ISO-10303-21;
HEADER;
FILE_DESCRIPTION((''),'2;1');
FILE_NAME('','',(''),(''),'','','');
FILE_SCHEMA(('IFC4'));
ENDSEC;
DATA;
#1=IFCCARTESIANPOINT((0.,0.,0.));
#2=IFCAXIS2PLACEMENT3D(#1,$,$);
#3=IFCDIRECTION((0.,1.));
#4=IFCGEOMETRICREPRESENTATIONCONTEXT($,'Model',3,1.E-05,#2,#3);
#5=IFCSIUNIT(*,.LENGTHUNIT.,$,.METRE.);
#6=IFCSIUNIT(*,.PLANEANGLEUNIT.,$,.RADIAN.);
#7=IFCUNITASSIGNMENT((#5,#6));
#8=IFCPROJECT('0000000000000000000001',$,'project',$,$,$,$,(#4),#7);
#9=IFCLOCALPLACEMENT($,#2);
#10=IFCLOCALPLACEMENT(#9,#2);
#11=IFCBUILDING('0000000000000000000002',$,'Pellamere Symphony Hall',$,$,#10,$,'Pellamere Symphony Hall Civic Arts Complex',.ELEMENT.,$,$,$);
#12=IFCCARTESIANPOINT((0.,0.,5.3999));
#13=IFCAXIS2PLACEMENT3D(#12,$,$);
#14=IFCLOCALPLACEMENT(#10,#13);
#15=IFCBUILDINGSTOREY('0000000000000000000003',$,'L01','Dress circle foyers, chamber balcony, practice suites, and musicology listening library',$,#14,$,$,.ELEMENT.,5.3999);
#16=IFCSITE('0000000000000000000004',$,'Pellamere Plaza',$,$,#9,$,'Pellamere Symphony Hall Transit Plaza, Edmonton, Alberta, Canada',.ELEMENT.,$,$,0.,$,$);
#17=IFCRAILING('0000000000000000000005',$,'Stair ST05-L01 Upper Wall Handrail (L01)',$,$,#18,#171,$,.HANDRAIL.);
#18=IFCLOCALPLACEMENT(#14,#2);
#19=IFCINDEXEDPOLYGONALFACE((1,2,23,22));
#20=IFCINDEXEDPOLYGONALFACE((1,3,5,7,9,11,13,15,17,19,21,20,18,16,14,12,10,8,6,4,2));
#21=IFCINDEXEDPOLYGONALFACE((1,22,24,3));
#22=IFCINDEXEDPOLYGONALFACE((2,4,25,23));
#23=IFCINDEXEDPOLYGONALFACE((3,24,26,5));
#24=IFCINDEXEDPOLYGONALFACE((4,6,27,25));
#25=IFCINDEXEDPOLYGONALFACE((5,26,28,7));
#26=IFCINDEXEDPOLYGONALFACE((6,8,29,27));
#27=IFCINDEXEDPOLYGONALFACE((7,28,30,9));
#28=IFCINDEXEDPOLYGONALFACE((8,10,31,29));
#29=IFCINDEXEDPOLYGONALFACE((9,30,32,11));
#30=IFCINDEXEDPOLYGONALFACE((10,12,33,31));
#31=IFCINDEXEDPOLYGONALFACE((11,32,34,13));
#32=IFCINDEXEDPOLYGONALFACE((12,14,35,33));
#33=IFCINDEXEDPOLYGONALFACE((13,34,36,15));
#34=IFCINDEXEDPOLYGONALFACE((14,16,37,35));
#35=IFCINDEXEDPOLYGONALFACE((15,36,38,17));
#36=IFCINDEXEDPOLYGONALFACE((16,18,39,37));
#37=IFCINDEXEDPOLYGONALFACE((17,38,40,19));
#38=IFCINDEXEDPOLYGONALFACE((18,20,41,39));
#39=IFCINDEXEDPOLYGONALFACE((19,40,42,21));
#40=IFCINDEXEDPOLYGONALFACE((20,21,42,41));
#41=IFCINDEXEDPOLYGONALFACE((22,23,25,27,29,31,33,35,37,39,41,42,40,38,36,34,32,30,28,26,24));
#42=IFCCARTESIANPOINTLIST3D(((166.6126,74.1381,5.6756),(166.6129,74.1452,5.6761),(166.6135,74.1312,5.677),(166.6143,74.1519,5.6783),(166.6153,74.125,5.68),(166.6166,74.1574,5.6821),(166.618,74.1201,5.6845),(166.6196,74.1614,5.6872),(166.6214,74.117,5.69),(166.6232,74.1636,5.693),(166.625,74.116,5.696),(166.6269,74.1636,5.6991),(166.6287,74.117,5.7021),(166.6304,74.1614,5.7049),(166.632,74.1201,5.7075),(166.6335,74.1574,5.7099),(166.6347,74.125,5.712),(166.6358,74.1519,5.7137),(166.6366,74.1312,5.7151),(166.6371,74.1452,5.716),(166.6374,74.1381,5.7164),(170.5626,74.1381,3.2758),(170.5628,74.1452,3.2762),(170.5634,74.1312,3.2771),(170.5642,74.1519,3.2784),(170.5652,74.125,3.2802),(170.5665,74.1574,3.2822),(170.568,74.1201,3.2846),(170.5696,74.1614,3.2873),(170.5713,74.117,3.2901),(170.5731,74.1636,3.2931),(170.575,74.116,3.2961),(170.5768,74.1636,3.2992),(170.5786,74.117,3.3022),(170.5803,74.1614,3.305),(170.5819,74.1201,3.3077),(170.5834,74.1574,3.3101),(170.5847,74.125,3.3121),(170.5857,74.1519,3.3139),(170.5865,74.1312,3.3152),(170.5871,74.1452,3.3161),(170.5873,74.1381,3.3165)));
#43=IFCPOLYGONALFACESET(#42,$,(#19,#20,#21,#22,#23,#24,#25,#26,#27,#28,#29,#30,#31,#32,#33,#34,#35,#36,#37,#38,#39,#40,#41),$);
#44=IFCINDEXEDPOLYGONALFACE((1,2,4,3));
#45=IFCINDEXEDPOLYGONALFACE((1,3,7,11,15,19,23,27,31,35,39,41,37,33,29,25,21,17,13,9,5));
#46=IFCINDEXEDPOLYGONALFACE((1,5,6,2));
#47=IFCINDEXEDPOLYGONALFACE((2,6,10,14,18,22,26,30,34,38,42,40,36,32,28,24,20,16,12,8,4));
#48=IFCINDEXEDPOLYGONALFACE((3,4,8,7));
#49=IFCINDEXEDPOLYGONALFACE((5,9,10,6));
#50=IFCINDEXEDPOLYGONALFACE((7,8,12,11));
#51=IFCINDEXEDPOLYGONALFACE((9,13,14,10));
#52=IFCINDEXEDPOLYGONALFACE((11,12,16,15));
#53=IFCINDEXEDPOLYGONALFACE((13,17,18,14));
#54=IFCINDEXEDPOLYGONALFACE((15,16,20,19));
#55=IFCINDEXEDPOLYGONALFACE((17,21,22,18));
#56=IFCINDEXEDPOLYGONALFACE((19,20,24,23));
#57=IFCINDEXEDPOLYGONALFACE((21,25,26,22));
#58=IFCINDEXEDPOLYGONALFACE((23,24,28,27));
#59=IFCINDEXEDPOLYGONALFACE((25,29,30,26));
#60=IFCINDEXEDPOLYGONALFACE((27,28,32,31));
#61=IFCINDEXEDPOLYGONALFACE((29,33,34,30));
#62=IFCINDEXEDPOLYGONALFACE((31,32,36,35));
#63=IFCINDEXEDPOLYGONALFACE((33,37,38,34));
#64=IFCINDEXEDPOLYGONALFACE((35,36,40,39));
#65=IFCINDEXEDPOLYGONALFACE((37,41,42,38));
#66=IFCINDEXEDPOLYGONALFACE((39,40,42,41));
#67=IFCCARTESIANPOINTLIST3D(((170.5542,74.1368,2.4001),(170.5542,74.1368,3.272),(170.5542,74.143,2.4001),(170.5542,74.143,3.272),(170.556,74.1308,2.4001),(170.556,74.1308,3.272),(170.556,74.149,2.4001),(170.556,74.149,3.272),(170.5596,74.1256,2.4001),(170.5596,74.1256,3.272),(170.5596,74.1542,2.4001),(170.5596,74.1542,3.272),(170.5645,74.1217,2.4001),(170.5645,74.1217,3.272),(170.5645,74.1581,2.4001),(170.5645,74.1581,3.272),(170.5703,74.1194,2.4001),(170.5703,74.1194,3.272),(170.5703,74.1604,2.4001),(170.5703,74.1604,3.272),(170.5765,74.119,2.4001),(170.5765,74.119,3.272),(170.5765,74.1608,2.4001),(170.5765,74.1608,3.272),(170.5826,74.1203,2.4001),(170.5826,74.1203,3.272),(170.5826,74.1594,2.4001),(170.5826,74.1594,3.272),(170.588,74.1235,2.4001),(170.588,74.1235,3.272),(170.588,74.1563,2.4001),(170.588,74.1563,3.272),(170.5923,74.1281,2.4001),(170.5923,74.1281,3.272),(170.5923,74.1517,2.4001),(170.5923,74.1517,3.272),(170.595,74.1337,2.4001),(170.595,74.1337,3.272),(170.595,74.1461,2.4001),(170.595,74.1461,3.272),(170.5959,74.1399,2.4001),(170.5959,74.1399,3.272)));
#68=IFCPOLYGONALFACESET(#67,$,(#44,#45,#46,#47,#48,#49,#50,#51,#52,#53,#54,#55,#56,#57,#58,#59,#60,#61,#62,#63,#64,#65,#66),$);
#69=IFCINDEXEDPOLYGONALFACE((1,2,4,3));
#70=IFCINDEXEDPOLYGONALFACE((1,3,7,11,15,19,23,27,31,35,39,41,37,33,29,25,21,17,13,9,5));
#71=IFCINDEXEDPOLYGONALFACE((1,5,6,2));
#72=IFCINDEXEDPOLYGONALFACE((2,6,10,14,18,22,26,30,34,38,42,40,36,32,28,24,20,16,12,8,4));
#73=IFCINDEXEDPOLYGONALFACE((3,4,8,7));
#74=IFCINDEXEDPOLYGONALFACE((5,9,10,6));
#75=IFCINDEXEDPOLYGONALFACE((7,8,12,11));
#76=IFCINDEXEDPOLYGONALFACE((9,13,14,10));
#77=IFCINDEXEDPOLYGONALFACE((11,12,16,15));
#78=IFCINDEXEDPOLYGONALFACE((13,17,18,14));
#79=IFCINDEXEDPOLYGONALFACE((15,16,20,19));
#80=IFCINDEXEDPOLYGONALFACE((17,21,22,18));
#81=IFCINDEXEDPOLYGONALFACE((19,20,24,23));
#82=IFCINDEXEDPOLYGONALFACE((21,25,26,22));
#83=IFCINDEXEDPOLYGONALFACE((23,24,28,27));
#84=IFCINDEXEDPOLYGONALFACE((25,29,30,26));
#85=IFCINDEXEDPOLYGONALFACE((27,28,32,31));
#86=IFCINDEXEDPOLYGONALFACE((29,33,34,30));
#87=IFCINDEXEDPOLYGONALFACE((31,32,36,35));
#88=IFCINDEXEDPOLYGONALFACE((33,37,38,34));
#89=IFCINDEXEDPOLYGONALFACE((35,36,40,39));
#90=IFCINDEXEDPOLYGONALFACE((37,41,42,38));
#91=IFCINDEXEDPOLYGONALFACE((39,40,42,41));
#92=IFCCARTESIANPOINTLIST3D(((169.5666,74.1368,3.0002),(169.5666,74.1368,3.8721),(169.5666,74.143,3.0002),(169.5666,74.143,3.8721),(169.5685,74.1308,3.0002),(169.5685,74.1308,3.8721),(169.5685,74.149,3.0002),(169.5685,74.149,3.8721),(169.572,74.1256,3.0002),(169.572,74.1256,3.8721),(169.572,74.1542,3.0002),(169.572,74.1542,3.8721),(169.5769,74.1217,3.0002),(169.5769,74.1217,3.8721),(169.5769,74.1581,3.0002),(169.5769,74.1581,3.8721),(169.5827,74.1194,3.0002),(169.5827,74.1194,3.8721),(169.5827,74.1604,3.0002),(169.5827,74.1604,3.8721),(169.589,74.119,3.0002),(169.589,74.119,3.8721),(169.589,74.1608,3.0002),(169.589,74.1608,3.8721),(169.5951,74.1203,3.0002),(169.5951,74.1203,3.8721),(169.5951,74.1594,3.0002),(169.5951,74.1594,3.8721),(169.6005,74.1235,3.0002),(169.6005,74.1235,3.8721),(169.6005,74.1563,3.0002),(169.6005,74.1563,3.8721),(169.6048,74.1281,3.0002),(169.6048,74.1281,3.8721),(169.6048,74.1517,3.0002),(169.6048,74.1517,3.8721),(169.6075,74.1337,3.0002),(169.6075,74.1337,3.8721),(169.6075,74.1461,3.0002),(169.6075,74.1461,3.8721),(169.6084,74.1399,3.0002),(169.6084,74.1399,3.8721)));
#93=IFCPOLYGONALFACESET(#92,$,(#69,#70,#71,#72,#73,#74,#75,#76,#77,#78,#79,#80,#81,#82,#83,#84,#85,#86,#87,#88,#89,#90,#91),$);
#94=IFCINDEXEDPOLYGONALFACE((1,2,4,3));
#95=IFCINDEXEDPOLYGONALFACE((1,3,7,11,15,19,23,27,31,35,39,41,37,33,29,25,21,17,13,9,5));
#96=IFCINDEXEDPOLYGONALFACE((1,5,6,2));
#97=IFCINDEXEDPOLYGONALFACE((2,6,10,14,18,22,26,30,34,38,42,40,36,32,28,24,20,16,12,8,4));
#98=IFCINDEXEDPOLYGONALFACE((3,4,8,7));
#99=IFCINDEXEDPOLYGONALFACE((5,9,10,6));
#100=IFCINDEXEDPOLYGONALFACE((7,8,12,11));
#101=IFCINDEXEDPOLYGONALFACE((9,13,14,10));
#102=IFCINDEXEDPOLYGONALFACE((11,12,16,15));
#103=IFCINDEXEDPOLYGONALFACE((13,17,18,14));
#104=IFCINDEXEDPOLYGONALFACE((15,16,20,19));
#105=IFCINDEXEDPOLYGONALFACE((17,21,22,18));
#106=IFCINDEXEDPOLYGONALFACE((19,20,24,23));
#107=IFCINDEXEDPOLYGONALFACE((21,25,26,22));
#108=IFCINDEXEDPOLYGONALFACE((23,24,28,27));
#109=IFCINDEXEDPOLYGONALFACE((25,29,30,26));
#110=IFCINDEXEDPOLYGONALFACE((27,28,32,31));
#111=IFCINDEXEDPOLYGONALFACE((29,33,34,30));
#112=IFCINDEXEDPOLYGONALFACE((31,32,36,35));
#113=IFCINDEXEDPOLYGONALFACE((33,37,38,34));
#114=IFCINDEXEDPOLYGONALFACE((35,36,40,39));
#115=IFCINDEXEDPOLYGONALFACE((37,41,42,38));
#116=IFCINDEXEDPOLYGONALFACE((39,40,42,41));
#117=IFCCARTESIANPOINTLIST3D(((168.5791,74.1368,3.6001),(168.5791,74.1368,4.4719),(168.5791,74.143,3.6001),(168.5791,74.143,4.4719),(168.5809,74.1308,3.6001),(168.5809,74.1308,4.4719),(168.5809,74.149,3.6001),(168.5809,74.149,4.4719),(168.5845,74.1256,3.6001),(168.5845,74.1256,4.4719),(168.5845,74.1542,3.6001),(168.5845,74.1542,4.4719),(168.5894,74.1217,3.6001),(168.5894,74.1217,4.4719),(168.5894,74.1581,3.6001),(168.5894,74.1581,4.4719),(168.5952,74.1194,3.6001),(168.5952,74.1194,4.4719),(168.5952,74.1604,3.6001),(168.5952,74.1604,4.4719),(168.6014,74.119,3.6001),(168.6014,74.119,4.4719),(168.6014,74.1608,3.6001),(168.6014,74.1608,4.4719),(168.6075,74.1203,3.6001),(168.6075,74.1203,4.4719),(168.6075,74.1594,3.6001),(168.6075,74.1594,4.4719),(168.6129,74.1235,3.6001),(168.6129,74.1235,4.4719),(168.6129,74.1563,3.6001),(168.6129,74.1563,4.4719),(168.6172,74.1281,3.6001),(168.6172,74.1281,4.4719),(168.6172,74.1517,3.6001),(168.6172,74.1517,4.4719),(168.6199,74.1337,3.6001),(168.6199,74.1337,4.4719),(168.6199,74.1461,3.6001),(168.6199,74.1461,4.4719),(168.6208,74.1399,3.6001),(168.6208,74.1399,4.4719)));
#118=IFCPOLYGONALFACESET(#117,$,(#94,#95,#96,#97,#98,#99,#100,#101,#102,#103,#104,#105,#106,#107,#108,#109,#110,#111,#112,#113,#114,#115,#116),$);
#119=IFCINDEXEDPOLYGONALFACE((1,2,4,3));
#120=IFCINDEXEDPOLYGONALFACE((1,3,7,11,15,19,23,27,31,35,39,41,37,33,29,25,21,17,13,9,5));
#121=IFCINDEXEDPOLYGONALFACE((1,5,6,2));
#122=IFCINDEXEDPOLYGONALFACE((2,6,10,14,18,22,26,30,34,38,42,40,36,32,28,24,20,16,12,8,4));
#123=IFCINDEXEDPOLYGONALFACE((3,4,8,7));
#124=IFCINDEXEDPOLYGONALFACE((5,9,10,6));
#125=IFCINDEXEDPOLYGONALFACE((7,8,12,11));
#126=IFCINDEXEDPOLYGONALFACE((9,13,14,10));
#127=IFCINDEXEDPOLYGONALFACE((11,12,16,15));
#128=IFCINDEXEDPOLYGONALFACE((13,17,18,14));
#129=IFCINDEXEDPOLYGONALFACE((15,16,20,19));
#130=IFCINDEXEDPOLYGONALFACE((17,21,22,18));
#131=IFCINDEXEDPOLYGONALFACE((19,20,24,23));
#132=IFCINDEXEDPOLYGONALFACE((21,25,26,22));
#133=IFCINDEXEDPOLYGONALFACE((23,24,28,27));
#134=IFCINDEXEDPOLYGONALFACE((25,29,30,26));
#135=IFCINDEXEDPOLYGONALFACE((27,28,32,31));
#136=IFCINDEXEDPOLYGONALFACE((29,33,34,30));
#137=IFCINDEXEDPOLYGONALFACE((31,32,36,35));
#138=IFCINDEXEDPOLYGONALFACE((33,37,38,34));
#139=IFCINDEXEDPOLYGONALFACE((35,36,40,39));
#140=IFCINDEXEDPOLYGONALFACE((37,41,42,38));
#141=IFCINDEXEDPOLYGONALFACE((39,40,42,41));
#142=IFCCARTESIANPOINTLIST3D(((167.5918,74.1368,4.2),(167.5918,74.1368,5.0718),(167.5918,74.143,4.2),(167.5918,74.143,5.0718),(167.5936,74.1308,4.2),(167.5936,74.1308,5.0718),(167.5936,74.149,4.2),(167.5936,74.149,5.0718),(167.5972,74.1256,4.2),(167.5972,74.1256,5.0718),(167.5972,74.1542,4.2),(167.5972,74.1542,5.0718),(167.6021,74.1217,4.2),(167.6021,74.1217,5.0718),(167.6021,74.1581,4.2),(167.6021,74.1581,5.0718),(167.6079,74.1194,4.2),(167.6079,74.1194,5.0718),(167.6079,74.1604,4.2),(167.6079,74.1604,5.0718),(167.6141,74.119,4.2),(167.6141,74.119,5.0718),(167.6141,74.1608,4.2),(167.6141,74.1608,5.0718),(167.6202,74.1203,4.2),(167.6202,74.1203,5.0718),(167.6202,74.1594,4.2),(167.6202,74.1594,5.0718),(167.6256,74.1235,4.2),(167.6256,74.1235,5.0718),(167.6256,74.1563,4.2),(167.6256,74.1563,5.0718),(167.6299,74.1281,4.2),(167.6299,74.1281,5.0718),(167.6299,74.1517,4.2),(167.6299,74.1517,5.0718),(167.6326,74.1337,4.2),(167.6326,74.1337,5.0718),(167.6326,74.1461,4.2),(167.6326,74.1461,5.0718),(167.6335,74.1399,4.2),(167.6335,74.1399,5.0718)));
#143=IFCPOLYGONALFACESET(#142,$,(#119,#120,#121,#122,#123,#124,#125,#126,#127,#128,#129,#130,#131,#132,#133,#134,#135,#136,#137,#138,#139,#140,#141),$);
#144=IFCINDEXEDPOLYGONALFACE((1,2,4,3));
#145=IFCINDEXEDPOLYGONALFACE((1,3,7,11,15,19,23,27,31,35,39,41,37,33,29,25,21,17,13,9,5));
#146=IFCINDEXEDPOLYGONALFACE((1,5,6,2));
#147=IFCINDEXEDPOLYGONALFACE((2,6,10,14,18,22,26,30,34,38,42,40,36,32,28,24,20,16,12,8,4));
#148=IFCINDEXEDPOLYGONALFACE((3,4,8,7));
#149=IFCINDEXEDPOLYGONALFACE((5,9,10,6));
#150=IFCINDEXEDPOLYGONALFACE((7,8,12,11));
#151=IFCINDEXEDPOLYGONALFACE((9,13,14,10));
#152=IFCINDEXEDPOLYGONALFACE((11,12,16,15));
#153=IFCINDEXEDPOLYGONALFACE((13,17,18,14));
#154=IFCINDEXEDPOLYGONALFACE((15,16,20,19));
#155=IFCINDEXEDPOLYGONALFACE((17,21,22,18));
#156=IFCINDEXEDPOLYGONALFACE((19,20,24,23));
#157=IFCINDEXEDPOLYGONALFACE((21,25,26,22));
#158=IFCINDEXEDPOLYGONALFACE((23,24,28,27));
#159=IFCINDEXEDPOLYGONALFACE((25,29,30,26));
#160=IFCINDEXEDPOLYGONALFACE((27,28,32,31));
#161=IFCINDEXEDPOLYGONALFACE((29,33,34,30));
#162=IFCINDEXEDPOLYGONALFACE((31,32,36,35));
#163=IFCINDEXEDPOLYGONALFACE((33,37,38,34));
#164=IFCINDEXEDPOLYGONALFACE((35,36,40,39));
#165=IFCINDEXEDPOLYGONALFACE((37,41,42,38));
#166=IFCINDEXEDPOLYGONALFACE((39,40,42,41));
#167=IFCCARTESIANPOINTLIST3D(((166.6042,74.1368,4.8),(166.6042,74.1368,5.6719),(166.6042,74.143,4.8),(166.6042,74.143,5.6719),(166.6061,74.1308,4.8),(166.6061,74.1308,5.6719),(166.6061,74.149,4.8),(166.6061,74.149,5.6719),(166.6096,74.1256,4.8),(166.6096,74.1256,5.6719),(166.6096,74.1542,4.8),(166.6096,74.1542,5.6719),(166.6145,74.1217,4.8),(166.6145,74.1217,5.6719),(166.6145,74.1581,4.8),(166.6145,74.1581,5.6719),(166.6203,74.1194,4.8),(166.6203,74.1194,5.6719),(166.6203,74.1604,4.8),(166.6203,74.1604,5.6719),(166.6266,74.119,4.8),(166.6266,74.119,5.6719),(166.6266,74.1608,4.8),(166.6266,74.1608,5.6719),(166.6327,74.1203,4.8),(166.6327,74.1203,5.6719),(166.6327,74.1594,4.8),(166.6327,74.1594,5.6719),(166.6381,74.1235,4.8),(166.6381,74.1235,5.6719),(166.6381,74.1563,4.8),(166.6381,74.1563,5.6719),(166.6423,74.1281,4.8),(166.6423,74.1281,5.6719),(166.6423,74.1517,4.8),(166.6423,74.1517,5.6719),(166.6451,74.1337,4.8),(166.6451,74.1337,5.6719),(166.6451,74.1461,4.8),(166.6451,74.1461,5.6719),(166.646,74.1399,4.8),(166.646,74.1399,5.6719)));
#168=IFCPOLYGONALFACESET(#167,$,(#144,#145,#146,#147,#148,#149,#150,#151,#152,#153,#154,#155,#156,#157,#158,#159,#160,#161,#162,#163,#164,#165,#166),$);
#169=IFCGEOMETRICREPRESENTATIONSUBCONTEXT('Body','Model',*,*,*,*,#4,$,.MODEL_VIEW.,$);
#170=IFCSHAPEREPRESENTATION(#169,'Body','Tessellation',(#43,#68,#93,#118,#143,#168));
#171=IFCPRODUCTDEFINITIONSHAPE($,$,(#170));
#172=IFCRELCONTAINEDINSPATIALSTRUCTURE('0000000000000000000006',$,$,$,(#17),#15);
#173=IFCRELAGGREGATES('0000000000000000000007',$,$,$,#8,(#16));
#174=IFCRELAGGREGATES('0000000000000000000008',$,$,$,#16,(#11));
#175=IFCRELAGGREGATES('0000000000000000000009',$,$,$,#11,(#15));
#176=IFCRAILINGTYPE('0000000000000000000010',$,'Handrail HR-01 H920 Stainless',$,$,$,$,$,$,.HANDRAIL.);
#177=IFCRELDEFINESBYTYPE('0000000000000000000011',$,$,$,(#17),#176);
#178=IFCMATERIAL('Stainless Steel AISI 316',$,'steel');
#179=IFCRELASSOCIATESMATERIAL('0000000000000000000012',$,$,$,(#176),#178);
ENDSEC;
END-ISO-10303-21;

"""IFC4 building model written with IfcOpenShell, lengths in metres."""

from ifc_helpers import new_model, si_unit, direction, frame, origin, origin_2d, place, context, subcontext, project, spatial, circle, extrude, material, type_object, element, save


model = new_model("IFC4")

# Units and contexts
model_context = context("Model", 3, precision=1e-05, world=origin(), true_north=direction((0.0, 1.0)))
body_context = subcontext(model_context, "Body", "Model", "MODEL_VIEW")
ifc_project = project(units=[si_unit("LENGTHUNIT", "METRE"), si_unit("PLANEANGLEUNIT", "RADIAN")], contexts=[model_context])

# Site, building, storey
site_placement = place(None, origin())
site = spatial("IfcSite", under=ifc_project, at=site_placement, Name="Pellamere Plaza", LongName="Pellamere Symphony Hall Transit Plaza, Edmonton, Alberta, Canada", CompositionType="ELEMENT", RefElevation=0.0)
building_placement = place(site_placement, origin())
building = spatial("IfcBuilding", under=site, at=building_placement, Name="Pellamere Symphony Hall", LongName="Pellamere Symphony Hall Civic Arts Complex", CompositionType="ELEMENT")
storey_placement = place(building_placement, frame((0.0, 0.0, 5.3999)))
storey = spatial("IfcBuildingStorey", under=building, at=storey_placement, Name="L01", Description="Dress circle foyers, chamber balcony, practice suites, and musicology listening library", CompositionType="ELEMENT", Elevation=5.3999)

# Railing
ifc_material_1 = material(Name="Stainless Steel AISI 316", Category="steel")
railing_type_1 = type_object("IfcRailingType", Name="Handrail HR-01 H920 Stainless", PredefinedType="HANDRAIL", material=ifc_material_1)
railing_1_placement = place(storey_placement, frame((170.575, 74.1399, 2.4001)))
element("IfcRailing", 1, at=railing_1_placement, inside=storey, type_object=railing_type_1, Name="Stair ST05-L01 Upper Wall Handrail (L01)", PredefinedType="HANDRAIL", context=body_context, shape_type="SweptSolid", body=[
    extrude(circle(Radius=0.0239, at=origin_2d()), frame((0.0, 0.0, 0.896), z_axis=(-0.854623, 0.0, 0.51925), x_axis=(0.0, -1.0, 0.0)), (0.0, 0.0, 1.0), 4.6218),
    extrude(circle(Radius=0.021, at=origin_2d()), origin(), (0.0, 0.0, 1.0), 0.8718),
    extrude(circle(Radius=0.021, at=origin_2d()), frame((-0.9875, 0.0, 0.6001)), (0.0, 0.0, 1.0), 0.8718),
    extrude(circle(Radius=0.021, at=origin_2d()), frame((-1.9751, 0.0, 1.2)), (0.0, 0.0, 1.0), 0.8718),
    extrude(circle(Radius=0.021, at=origin_2d()), frame((-2.9624, 0.0, 1.7998)), (0.0, 0.0, 1.0), 0.8718),
    extrude(circle(Radius=0.021, at=origin_2d()), frame((-3.95, 0.0, 2.3999)), (0.0, 0.0, 1.0), 0.8718),
])

save(model, "model.ifc")
